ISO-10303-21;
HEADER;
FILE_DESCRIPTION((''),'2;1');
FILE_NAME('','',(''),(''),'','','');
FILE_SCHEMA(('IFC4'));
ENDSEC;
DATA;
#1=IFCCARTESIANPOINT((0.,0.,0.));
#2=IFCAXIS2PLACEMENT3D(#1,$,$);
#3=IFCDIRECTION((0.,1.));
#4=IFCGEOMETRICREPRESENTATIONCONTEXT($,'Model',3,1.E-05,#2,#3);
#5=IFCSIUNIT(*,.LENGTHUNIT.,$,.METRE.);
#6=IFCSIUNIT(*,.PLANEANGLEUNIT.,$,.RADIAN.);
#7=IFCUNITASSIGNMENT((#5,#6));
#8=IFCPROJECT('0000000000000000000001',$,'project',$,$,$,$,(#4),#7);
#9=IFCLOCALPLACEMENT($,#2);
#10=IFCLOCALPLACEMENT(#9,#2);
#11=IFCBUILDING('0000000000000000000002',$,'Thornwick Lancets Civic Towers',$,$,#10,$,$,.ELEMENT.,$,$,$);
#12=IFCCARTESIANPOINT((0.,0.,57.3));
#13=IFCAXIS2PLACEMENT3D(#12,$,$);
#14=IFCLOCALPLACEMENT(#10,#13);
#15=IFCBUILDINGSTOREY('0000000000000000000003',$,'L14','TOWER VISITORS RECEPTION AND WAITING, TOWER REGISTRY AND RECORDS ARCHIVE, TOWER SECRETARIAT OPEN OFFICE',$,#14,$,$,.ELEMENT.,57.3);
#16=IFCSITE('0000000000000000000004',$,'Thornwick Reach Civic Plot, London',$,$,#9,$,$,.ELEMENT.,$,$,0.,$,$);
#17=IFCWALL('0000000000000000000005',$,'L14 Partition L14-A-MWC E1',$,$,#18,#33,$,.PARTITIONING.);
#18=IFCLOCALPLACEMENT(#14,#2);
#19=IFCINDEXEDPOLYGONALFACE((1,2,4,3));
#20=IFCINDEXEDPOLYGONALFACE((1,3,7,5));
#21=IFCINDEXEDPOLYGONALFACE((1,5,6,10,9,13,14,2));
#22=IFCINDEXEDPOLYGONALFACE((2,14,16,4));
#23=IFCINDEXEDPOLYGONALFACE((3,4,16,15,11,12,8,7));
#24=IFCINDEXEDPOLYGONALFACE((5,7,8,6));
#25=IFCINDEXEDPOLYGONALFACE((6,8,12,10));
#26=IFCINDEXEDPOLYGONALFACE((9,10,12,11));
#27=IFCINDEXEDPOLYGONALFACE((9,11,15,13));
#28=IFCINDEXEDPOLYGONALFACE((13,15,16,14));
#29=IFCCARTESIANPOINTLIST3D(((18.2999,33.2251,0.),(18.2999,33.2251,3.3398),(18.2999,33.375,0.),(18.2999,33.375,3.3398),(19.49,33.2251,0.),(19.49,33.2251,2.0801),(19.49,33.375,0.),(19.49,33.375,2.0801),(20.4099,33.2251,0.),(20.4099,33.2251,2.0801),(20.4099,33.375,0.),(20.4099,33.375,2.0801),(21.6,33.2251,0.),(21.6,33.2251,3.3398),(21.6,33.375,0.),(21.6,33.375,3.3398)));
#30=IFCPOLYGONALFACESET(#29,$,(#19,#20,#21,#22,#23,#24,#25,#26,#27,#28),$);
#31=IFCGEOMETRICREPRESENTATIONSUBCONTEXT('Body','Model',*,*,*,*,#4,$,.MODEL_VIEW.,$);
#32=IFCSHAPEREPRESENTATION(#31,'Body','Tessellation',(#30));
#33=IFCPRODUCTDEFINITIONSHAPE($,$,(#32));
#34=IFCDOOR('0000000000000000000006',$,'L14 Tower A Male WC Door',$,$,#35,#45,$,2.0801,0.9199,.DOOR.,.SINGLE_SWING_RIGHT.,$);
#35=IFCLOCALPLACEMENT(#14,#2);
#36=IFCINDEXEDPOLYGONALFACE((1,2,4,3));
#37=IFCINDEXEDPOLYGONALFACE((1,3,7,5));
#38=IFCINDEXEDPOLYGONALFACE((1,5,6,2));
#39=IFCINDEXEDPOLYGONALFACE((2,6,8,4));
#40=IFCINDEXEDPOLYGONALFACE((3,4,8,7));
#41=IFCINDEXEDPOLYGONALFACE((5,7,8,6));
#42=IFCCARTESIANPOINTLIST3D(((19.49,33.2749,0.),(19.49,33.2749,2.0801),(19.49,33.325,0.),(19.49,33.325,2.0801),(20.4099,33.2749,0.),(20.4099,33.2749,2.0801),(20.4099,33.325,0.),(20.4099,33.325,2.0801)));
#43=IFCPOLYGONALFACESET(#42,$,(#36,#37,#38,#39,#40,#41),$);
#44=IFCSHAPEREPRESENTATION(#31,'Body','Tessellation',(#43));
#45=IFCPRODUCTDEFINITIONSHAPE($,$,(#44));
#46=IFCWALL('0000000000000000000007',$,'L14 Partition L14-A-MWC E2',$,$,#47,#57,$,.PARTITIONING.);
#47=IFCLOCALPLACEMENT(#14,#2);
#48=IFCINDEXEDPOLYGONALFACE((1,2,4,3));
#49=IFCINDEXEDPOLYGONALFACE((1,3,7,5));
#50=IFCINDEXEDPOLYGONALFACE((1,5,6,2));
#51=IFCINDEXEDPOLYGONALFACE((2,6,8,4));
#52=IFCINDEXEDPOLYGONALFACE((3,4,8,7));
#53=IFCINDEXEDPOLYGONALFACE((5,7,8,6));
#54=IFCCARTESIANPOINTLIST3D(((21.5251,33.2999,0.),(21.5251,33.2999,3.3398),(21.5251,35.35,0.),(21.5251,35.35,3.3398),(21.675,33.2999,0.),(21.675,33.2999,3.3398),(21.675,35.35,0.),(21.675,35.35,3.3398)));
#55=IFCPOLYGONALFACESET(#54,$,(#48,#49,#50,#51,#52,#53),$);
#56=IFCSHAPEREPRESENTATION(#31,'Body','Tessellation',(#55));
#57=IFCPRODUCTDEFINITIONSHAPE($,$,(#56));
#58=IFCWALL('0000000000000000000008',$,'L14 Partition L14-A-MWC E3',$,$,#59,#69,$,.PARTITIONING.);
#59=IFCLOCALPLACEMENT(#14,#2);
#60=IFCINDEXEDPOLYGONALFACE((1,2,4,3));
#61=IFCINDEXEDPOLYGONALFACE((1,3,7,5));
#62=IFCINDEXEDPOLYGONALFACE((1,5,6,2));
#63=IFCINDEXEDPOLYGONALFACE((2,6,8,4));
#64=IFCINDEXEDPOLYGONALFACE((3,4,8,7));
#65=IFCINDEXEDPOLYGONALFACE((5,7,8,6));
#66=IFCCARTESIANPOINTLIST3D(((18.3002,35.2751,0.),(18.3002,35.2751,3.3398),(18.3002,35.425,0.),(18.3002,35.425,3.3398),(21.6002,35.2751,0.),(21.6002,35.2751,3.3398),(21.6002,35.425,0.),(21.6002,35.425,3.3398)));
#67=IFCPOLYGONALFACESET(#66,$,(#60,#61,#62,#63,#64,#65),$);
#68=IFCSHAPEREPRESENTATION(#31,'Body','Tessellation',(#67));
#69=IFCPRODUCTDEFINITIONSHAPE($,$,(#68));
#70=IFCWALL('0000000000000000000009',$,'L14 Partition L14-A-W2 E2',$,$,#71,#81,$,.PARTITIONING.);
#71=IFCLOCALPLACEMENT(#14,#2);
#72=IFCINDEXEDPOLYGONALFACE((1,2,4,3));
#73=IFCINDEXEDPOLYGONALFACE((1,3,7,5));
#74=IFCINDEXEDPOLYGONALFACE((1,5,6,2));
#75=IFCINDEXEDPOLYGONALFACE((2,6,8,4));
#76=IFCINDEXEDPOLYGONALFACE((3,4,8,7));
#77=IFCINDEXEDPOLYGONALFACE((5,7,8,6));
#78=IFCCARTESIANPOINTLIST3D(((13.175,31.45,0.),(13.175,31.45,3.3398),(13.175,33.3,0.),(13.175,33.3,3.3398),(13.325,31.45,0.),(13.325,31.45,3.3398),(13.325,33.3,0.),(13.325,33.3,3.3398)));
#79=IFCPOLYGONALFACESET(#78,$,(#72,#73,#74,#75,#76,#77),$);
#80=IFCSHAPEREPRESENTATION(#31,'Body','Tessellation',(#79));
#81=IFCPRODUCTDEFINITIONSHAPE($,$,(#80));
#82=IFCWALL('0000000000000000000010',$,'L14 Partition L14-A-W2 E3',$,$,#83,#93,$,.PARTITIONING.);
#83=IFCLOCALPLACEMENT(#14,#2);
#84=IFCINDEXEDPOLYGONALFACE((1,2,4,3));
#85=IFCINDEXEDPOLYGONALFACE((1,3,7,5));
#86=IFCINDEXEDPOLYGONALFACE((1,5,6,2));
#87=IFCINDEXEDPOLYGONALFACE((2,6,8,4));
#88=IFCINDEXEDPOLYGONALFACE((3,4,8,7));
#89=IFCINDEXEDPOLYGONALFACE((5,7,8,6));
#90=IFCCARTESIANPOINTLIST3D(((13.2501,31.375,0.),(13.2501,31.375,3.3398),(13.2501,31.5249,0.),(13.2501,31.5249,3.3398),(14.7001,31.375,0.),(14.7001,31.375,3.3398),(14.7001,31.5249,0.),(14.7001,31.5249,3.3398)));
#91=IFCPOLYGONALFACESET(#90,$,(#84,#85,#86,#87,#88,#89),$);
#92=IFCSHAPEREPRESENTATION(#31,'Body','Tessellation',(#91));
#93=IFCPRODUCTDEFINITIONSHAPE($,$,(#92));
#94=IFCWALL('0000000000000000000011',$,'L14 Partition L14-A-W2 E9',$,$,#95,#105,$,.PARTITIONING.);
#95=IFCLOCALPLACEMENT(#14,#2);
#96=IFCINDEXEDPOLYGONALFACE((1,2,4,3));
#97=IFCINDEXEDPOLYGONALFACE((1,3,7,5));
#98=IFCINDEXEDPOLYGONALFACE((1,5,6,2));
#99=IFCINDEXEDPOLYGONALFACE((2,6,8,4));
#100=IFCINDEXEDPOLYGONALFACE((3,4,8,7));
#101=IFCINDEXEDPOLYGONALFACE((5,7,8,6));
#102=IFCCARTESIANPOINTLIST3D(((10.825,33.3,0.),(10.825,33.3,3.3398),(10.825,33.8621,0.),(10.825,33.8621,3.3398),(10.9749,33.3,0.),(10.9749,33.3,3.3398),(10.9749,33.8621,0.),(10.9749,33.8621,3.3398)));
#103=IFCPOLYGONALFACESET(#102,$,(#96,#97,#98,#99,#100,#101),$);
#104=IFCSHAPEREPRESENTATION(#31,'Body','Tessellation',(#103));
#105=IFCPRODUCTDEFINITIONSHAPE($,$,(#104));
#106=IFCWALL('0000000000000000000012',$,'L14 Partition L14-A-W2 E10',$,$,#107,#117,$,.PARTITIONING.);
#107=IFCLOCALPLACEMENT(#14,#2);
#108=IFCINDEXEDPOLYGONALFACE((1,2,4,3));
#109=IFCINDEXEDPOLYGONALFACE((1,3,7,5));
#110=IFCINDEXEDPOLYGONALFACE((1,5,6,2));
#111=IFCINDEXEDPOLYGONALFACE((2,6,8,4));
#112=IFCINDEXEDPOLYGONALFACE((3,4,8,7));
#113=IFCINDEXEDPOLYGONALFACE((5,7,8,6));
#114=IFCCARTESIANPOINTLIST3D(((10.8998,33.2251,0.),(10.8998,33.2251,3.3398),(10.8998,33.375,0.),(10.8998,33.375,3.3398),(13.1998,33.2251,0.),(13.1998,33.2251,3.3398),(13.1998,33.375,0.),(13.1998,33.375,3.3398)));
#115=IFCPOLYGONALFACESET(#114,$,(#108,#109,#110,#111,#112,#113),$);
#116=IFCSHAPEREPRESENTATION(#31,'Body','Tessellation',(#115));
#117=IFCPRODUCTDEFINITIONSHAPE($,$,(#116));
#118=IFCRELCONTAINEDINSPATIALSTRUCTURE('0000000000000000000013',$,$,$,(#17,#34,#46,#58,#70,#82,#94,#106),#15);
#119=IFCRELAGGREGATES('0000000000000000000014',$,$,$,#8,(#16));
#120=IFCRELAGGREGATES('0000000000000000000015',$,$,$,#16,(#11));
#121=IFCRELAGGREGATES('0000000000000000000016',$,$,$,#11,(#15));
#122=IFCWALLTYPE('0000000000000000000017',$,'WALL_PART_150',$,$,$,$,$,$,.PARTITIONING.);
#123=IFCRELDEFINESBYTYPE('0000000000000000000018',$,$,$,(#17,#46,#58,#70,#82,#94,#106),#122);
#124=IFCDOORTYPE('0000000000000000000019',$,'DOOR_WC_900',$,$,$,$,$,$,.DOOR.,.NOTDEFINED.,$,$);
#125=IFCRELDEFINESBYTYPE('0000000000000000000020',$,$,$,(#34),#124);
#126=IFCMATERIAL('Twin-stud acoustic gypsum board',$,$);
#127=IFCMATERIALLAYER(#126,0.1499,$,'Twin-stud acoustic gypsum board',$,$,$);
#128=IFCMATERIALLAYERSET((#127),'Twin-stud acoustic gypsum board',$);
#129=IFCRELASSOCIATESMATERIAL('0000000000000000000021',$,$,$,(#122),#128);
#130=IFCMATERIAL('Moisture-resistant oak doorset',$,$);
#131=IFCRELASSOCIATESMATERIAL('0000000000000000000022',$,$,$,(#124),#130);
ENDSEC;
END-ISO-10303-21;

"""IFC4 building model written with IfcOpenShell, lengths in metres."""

from ifc_helpers import new_model, si_unit, direction, frame, frame_2d, origin, place, context, subcontext, project, spatial, rectangle, extrude, material, layer, layer_set, type_object, element, fill, save


model = new_model("IFC4")

# Units and contexts
model_context = context("Model", 3, precision=1e-05, world=origin(), true_north=direction((0.0, 1.0)))
body_context = subcontext(model_context, "Body", "Model", "MODEL_VIEW")
ifc_project = project(units=[si_unit("LENGTHUNIT", "METRE"), si_unit("PLANEANGLEUNIT", "RADIAN")], contexts=[model_context])

# Site, building, storey
site_placement = place(None, origin())
site = spatial("IfcSite", under=ifc_project, at=site_placement, Name="Thornwick Reach Civic Plot, London", CompositionType="ELEMENT", RefElevation=0.0)
building_placement = place(site_placement, origin())
building = spatial("IfcBuilding", under=site, at=building_placement, Name="Thornwick Lancets Civic Towers", CompositionType="ELEMENT")
storey_placement = place(building_placement, frame((0.0, 0.0, 57.3)))
storey = spatial("IfcBuildingStorey", under=building, at=storey_placement, Name="L14", Description="TOWER VISITORS RECEPTION AND WAITING, TOWER REGISTRY AND RECORDS ARCHIVE, TOWER SECRETARIAT OPEN OFFICE", CompositionType="ELEMENT", Elevation=57.3)

# Wall, opening, door
ifc_material_1 = material(Name="Twin-stud acoustic gypsum board")
ifc_layer_1 = layer(ifc_material_1, 0.1499, Name="Twin-stud acoustic gypsum board")
ifc_layer_set_1 = layer_set([ifc_layer_1], Name="Twin-stud acoustic gypsum board")
wall_type_1 = type_object("IfcWallType", Name="WALL_PART_150", PredefinedType="PARTITIONING", material=ifc_layer_set_1)
wall_1_placement = place(storey_placement, frame((18.3, 33.3, 0.0), z_axis=(0.0, 0.0, 1.0), x_axis=(1.0, 0.0, 0.0)))
wall_1 = element("IfcWall", 1, at=wall_1_placement, inside=storey, type_object=wall_type_1, Name="L14 Partition L14-A-MWC E1", PredefinedType="PARTITIONING", context=body_context, shape_type="SweptSolid", body=[
    extrude(rectangle(XDim=3.3, YDim=0.1499, at=frame_2d((1.6499, 0.0))), origin(), (0.0, 0.0, 1.0), 3.3398),
])
opening_1_placement = place(wall_1_placement, frame((1.1899, 0.0, 0.0)))
opening_1 = element("IfcOpeningElement", 2, at=opening_1_placement, cuts=wall_1, PredefinedType="OPENING", context=body_context, shape_type="SweptSolid", body=[
    extrude(rectangle(XDim=0.9199, YDim=2.0801, at=frame_2d((0.46, 1.04))), frame((0.0, 0.085, 0.0), z_axis=(0.0, -1.0, 0.0), x_axis=(1.0, 0.0, 0.0)), (0.0, 0.0, 1.0), 0.1699),
])
ifc_material_2 = material(Name="Moisture-resistant oak doorset")
door_type_1 = type_object("IfcDoorType", Name="DOOR_WC_900", OperationType="NOTDEFINED", PredefinedType="DOOR", material=ifc_material_2)
door_1_placement = place(opening_1_placement, origin())
door_1 = element("IfcDoor", 3, at=door_1_placement, inside=storey, type_object=door_type_1, Name="L14 Tower A Male WC Door", OperationType="SINGLE_SWING_RIGHT", OverallHeight=2.0801, OverallWidth=0.9199, PredefinedType="DOOR", context=body_context, shape_type="SweptSolid", body=[
    extrude(rectangle(XDim=0.9199, YDim=2.0801, at=frame_2d((0.46, 1.04))), frame((0.0, 0.0249, 0.0), z_axis=(0.0, -1.0, 0.0), x_axis=(1.0, 0.0, 0.0)), (0.0, 0.0, 1.0), 0.05),
])
fill(opening_1, door_1)

# Walls
wall_2_placement = place(storey_placement, frame((21.6001, 33.3, 0.0), z_axis=(0.0, 0.0, 1.0), x_axis=(0.0, 1.0, 0.0)))
element("IfcWall", 4, at=wall_2_placement, inside=storey, type_object=wall_type_1, Name="L14 Partition L14-A-MWC E2", PredefinedType="PARTITIONING", context=body_context, shape_type="SweptSolid", body=[
    extrude(rectangle(XDim=2.05, YDim=0.1499, at=frame_2d((1.0249, 0.0))), origin(), (0.0, 0.0, 1.0), 3.3398),
])
wall_3_placement = place(storey_placement, frame((21.6001, 35.3501, 0.0), z_axis=(0.0, 0.0, 1.0), x_axis=(-1.0, 0.0, 0.0)))
element("IfcWall", 5, at=wall_3_placement, inside=storey, type_object=wall_type_1, Name="L14 Partition L14-A-MWC E3", PredefinedType="PARTITIONING", context=body_context, shape_type="SweptSolid", body=[
    extrude(rectangle(XDim=3.3, YDim=0.1499, at=frame_2d((1.6499, 0.0))), origin(), (0.0, 0.0, 1.0), 3.3398),
])
wall_4_placement = place(storey_placement, frame((13.25, 33.3, 0.0), z_axis=(0.0, 0.0, 1.0), x_axis=(0.0, -1.0, 0.0)))
element("IfcWall", 6, at=wall_4_placement, inside=storey, type_object=wall_type_1, Name="L14 Partition L14-A-W2 E2", PredefinedType="PARTITIONING", context=body_context, shape_type="SweptSolid", body=[
    extrude(rectangle(XDim=1.8501, YDim=0.1499, at=frame_2d((0.925, 0.0))), origin(), (0.0, 0.0, 1.0), 3.3398),
])
wall_5_placement = place(storey_placement, frame((13.25, 31.45, 0.0), z_axis=(0.0, 0.0, 1.0), x_axis=(1.0, 0.0, 0.0)))
element("IfcWall", 7, at=wall_5_placement, inside=storey, type_object=wall_type_1, Name="L14 Partition L14-A-W2 E3", PredefinedType="PARTITIONING", context=body_context, shape_type="SweptSolid", body=[
    extrude(rectangle(XDim=1.45, YDim=0.1499, at=frame_2d((0.7251, 0.0))), origin(), (0.0, 0.0, 1.0), 3.3398),
])

# Walls
wall_6_placement = place(storey_placement, frame((10.8999, 33.8621, 0.0), z_axis=(0.0, 0.0, 1.0), x_axis=(0.0, -1.0, 0.0)))
element("IfcWall", 8, at=wall_6_placement, inside=storey, type_object=wall_type_1, Name="L14 Partition L14-A-W2 E9", PredefinedType="PARTITIONING", context=body_context, shape_type="SweptSolid", body=[
    extrude(rectangle(XDim=0.562, YDim=0.1499, at=frame_2d((0.281, 0.0))), origin(), (0.0, 0.0, 1.0), 3.3398),
])
wall_7_placement = place(storey_placement, frame((10.8999, 33.3, 0.0), z_axis=(0.0, 0.0, 1.0), x_axis=(1.0, 0.0, 0.0)))
element("IfcWall", 9, at=wall_7_placement, inside=storey, type_object=wall_type_1, Name="L14 Partition L14-A-W2 E10", PredefinedType="PARTITIONING", context=body_context, shape_type="SweptSolid", body=[
    extrude(rectangle(XDim=2.3, YDim=0.1499, at=frame_2d((1.1499, 0.0))), origin(), (0.0, 0.0, 1.0), 3.3398),
])

save(model, "model.ifc")
